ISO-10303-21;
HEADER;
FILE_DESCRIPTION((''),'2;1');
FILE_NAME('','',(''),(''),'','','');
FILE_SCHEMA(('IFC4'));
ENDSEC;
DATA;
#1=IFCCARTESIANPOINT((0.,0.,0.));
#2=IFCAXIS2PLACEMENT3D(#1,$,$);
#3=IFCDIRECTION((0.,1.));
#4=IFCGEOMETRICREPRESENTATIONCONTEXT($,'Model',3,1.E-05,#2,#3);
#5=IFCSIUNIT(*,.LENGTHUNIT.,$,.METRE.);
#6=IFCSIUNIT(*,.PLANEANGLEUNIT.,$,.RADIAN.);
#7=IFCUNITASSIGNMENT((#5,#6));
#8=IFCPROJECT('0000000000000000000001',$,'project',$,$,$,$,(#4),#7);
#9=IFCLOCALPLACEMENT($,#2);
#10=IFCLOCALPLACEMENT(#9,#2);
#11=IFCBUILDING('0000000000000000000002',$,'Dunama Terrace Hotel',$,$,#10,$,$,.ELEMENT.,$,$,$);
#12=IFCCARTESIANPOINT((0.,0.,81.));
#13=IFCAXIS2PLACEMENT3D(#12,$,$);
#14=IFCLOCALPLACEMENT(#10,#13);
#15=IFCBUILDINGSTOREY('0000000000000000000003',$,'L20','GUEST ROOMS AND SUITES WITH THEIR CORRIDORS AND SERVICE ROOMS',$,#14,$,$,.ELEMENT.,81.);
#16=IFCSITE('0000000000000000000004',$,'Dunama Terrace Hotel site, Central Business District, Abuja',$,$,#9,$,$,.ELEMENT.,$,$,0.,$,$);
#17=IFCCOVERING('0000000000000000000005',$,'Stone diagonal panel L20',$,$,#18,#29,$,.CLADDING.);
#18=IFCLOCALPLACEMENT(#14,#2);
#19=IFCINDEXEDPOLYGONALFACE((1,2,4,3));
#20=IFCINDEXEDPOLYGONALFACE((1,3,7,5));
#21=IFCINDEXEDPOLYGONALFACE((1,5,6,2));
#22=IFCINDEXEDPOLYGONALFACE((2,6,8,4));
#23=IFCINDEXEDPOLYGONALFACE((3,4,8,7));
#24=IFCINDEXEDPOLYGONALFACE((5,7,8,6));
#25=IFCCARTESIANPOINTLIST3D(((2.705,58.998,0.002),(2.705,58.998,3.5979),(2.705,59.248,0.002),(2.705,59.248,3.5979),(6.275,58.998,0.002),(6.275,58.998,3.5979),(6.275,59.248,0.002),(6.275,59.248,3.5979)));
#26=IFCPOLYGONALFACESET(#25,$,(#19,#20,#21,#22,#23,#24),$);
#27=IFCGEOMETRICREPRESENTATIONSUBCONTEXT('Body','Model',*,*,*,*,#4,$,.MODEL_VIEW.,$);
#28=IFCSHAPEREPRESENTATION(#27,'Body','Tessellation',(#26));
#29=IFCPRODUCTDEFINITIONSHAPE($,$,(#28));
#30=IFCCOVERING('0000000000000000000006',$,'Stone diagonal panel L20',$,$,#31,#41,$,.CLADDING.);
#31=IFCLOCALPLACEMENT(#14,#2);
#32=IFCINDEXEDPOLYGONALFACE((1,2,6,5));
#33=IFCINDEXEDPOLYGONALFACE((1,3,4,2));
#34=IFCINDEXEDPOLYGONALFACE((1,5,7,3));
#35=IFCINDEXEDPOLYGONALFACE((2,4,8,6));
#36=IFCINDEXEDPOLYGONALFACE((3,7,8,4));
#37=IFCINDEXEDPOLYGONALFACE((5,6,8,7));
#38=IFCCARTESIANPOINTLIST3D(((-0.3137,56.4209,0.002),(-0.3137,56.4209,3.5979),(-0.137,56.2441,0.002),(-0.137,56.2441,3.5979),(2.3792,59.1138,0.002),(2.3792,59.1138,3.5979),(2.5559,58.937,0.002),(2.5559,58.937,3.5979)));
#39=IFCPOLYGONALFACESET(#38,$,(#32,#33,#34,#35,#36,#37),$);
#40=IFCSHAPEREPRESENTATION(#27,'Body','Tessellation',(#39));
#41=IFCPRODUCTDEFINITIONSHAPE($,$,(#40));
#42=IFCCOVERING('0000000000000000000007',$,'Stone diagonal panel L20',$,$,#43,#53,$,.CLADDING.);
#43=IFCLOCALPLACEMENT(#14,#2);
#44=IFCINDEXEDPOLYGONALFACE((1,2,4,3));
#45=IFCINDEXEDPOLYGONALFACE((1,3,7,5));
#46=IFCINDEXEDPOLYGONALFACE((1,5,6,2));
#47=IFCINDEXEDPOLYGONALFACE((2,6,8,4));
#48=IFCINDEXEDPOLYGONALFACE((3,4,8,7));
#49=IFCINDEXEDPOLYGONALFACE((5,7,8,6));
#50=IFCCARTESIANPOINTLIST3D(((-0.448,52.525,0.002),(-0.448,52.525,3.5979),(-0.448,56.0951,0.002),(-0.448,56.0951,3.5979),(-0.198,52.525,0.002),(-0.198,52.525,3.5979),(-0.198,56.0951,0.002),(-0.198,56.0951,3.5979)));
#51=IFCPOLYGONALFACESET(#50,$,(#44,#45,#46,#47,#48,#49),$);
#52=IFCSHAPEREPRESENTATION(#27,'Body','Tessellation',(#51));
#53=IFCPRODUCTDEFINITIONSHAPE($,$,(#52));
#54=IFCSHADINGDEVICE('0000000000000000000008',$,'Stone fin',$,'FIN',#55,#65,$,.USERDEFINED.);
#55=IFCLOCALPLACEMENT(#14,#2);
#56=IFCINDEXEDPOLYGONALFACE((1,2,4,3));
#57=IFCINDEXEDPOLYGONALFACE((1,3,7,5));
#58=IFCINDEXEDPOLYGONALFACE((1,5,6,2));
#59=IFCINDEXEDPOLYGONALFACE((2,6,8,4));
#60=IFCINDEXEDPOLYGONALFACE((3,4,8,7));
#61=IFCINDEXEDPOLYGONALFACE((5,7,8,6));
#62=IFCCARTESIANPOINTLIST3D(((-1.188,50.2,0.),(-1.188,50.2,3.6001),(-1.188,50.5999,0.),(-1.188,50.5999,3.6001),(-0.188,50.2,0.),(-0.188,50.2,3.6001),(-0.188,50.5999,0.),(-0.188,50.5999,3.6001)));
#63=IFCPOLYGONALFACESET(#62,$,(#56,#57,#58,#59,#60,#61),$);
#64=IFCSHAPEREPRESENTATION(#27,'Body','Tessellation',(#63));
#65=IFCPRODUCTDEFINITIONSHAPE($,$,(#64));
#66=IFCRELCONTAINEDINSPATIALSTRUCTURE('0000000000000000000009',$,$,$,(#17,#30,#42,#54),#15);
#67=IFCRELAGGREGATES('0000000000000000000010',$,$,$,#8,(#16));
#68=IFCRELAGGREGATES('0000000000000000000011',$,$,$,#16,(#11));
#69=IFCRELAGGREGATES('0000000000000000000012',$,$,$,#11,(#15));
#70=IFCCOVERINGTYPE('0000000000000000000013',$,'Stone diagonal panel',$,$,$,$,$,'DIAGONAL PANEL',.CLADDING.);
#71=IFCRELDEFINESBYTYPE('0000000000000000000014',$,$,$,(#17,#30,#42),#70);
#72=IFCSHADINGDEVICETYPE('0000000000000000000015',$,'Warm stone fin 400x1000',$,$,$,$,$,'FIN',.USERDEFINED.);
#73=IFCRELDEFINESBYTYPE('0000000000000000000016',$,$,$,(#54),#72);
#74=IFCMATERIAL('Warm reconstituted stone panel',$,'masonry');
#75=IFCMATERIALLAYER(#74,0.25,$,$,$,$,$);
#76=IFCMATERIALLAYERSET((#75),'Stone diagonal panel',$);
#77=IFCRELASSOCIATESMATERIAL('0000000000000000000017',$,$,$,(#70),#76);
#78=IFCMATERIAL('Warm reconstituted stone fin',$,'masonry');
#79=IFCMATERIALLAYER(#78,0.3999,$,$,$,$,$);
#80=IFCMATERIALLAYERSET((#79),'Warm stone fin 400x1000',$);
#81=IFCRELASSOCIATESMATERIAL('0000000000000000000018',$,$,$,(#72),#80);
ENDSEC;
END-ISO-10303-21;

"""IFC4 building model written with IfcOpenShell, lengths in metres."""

from ifc_helpers import new_model, si_unit, direction, frame, origin, origin_2d, place, context, subcontext, project, spatial, rectangle, extrude, material, layer, layer_set, type_object, element, save


model = new_model("IFC4")

# Units and contexts
model_context = context("Model", 3, precision=1e-05, world=origin(), true_north=direction((0.0, 1.0)))
body_context = subcontext(model_context, "Body", "Model", "MODEL_VIEW")
ifc_project = project(units=[si_unit("LENGTHUNIT", "METRE"), si_unit("PLANEANGLEUNIT", "RADIAN")], contexts=[model_context])

# Site, building, storey
site_placement = place(None, origin())
site = spatial("IfcSite", under=ifc_project, at=site_placement, Name="Dunama Terrace Hotel site, Central Business District, Abuja", CompositionType="ELEMENT", RefElevation=0.0)
building_placement = place(site_placement, origin())
building = spatial("IfcBuilding", under=site, at=building_placement, Name="Dunama Terrace Hotel", CompositionType="ELEMENT")
storey_placement = place(building_placement, frame((0.0, 0.0, 81.0)))
storey = spatial("IfcBuildingStorey", under=building, at=storey_placement, Name="L20", Description="GUEST ROOMS AND SUITES WITH THEIR CORRIDORS AND SERVICE ROOMS", CompositionType="ELEMENT", Elevation=81.0)

# Coverings
ifc_material_1 = material(Name="Warm reconstituted stone panel", Category="masonry")
ifc_layer_1 = layer(ifc_material_1, 0.25)
ifc_layer_set_1 = layer_set([ifc_layer_1], Name="Stone diagonal panel")
covering_type = type_object("IfcCoveringType", Name="Stone diagonal panel", ElementType="DIAGONAL PANEL", PredefinedType="CLADDING", material=ifc_layer_set_1)
covering_1_placement = place(storey_placement, frame((4.49, 59.123, 0.002), z_axis=(0.0, 0.0, 1.0), x_axis=(-1.0, 0.0, 0.0)))
element("IfcCovering", 1, at=covering_1_placement, inside=storey, type_object=covering_type, Name="Stone diagonal panel L20", PredefinedType="CLADDING", context=body_context, shape_type="SweptSolid", body=[
    extrude(rectangle(XDim=3.5701, YDim=0.25, at=origin_2d()), origin(), (0.0, 0.0, 1.0), 3.5959),
])
covering_2_placement = place(storey_placement, frame((1.1211, 57.679, 0.002), z_axis=(0.0, 0.0, 1.0), x_axis=(-0.707107, -0.707107, 0.0)))
element("IfcCovering", 2, at=covering_2_placement, inside=storey, type_object=covering_type, Name="Stone diagonal panel L20", PredefinedType="CLADDING", context=body_context, shape_type="SweptSolid", body=[
    extrude(rectangle(XDim=3.8083, YDim=0.25, at=origin_2d()), origin(), (0.0, 0.0, 1.0), 3.5959),
])
covering_3_placement = place(storey_placement, frame((-0.323, 54.3101, 0.002), z_axis=(0.0, 0.0, 1.0), x_axis=(0.0, -1.0, 0.0)))
element("IfcCovering", 3, at=covering_3_placement, inside=storey, type_object=covering_type, Name="Stone diagonal panel L20", PredefinedType="CLADDING", context=body_context, shape_type="SweptSolid", body=[
    extrude(rectangle(XDim=3.5701, YDim=0.25, at=origin_2d()), origin(), (0.0, 0.0, 1.0), 3.5959),
])

# Shading device
ifc_material_2 = material(Name="Warm reconstituted stone fin", Category="masonry")
ifc_layer_2 = layer(ifc_material_2, 0.3999)
ifc_layer_set_2 = layer_set([ifc_layer_2], Name="Warm stone fin 400x1000")
shading_device_type = type_object("IfcShadingDeviceType", Name="Warm stone fin 400x1000", ElementType="FIN", PredefinedType="USERDEFINED", material=ifc_layer_set_2)
shading_device_placement = place(storey_placement, frame((-0.688, 50.3999, 0.0), z_axis=(0.0, 0.0, 1.0), x_axis=(0.0, -1.0, 0.0)))
element("IfcShadingDevice", 4, at=shading_device_placement, inside=storey, type_object=shading_device_type, Name="Stone fin", ObjectType="FIN", PredefinedType="USERDEFINED", context=body_context, shape_type="SweptSolid", body=[
    extrude(rectangle(XDim=0.3999, YDim=1.0, at=origin_2d()), origin(), (0.0, 0.0, 1.0), 3.6001),
])

save(model, "model.ifc")
